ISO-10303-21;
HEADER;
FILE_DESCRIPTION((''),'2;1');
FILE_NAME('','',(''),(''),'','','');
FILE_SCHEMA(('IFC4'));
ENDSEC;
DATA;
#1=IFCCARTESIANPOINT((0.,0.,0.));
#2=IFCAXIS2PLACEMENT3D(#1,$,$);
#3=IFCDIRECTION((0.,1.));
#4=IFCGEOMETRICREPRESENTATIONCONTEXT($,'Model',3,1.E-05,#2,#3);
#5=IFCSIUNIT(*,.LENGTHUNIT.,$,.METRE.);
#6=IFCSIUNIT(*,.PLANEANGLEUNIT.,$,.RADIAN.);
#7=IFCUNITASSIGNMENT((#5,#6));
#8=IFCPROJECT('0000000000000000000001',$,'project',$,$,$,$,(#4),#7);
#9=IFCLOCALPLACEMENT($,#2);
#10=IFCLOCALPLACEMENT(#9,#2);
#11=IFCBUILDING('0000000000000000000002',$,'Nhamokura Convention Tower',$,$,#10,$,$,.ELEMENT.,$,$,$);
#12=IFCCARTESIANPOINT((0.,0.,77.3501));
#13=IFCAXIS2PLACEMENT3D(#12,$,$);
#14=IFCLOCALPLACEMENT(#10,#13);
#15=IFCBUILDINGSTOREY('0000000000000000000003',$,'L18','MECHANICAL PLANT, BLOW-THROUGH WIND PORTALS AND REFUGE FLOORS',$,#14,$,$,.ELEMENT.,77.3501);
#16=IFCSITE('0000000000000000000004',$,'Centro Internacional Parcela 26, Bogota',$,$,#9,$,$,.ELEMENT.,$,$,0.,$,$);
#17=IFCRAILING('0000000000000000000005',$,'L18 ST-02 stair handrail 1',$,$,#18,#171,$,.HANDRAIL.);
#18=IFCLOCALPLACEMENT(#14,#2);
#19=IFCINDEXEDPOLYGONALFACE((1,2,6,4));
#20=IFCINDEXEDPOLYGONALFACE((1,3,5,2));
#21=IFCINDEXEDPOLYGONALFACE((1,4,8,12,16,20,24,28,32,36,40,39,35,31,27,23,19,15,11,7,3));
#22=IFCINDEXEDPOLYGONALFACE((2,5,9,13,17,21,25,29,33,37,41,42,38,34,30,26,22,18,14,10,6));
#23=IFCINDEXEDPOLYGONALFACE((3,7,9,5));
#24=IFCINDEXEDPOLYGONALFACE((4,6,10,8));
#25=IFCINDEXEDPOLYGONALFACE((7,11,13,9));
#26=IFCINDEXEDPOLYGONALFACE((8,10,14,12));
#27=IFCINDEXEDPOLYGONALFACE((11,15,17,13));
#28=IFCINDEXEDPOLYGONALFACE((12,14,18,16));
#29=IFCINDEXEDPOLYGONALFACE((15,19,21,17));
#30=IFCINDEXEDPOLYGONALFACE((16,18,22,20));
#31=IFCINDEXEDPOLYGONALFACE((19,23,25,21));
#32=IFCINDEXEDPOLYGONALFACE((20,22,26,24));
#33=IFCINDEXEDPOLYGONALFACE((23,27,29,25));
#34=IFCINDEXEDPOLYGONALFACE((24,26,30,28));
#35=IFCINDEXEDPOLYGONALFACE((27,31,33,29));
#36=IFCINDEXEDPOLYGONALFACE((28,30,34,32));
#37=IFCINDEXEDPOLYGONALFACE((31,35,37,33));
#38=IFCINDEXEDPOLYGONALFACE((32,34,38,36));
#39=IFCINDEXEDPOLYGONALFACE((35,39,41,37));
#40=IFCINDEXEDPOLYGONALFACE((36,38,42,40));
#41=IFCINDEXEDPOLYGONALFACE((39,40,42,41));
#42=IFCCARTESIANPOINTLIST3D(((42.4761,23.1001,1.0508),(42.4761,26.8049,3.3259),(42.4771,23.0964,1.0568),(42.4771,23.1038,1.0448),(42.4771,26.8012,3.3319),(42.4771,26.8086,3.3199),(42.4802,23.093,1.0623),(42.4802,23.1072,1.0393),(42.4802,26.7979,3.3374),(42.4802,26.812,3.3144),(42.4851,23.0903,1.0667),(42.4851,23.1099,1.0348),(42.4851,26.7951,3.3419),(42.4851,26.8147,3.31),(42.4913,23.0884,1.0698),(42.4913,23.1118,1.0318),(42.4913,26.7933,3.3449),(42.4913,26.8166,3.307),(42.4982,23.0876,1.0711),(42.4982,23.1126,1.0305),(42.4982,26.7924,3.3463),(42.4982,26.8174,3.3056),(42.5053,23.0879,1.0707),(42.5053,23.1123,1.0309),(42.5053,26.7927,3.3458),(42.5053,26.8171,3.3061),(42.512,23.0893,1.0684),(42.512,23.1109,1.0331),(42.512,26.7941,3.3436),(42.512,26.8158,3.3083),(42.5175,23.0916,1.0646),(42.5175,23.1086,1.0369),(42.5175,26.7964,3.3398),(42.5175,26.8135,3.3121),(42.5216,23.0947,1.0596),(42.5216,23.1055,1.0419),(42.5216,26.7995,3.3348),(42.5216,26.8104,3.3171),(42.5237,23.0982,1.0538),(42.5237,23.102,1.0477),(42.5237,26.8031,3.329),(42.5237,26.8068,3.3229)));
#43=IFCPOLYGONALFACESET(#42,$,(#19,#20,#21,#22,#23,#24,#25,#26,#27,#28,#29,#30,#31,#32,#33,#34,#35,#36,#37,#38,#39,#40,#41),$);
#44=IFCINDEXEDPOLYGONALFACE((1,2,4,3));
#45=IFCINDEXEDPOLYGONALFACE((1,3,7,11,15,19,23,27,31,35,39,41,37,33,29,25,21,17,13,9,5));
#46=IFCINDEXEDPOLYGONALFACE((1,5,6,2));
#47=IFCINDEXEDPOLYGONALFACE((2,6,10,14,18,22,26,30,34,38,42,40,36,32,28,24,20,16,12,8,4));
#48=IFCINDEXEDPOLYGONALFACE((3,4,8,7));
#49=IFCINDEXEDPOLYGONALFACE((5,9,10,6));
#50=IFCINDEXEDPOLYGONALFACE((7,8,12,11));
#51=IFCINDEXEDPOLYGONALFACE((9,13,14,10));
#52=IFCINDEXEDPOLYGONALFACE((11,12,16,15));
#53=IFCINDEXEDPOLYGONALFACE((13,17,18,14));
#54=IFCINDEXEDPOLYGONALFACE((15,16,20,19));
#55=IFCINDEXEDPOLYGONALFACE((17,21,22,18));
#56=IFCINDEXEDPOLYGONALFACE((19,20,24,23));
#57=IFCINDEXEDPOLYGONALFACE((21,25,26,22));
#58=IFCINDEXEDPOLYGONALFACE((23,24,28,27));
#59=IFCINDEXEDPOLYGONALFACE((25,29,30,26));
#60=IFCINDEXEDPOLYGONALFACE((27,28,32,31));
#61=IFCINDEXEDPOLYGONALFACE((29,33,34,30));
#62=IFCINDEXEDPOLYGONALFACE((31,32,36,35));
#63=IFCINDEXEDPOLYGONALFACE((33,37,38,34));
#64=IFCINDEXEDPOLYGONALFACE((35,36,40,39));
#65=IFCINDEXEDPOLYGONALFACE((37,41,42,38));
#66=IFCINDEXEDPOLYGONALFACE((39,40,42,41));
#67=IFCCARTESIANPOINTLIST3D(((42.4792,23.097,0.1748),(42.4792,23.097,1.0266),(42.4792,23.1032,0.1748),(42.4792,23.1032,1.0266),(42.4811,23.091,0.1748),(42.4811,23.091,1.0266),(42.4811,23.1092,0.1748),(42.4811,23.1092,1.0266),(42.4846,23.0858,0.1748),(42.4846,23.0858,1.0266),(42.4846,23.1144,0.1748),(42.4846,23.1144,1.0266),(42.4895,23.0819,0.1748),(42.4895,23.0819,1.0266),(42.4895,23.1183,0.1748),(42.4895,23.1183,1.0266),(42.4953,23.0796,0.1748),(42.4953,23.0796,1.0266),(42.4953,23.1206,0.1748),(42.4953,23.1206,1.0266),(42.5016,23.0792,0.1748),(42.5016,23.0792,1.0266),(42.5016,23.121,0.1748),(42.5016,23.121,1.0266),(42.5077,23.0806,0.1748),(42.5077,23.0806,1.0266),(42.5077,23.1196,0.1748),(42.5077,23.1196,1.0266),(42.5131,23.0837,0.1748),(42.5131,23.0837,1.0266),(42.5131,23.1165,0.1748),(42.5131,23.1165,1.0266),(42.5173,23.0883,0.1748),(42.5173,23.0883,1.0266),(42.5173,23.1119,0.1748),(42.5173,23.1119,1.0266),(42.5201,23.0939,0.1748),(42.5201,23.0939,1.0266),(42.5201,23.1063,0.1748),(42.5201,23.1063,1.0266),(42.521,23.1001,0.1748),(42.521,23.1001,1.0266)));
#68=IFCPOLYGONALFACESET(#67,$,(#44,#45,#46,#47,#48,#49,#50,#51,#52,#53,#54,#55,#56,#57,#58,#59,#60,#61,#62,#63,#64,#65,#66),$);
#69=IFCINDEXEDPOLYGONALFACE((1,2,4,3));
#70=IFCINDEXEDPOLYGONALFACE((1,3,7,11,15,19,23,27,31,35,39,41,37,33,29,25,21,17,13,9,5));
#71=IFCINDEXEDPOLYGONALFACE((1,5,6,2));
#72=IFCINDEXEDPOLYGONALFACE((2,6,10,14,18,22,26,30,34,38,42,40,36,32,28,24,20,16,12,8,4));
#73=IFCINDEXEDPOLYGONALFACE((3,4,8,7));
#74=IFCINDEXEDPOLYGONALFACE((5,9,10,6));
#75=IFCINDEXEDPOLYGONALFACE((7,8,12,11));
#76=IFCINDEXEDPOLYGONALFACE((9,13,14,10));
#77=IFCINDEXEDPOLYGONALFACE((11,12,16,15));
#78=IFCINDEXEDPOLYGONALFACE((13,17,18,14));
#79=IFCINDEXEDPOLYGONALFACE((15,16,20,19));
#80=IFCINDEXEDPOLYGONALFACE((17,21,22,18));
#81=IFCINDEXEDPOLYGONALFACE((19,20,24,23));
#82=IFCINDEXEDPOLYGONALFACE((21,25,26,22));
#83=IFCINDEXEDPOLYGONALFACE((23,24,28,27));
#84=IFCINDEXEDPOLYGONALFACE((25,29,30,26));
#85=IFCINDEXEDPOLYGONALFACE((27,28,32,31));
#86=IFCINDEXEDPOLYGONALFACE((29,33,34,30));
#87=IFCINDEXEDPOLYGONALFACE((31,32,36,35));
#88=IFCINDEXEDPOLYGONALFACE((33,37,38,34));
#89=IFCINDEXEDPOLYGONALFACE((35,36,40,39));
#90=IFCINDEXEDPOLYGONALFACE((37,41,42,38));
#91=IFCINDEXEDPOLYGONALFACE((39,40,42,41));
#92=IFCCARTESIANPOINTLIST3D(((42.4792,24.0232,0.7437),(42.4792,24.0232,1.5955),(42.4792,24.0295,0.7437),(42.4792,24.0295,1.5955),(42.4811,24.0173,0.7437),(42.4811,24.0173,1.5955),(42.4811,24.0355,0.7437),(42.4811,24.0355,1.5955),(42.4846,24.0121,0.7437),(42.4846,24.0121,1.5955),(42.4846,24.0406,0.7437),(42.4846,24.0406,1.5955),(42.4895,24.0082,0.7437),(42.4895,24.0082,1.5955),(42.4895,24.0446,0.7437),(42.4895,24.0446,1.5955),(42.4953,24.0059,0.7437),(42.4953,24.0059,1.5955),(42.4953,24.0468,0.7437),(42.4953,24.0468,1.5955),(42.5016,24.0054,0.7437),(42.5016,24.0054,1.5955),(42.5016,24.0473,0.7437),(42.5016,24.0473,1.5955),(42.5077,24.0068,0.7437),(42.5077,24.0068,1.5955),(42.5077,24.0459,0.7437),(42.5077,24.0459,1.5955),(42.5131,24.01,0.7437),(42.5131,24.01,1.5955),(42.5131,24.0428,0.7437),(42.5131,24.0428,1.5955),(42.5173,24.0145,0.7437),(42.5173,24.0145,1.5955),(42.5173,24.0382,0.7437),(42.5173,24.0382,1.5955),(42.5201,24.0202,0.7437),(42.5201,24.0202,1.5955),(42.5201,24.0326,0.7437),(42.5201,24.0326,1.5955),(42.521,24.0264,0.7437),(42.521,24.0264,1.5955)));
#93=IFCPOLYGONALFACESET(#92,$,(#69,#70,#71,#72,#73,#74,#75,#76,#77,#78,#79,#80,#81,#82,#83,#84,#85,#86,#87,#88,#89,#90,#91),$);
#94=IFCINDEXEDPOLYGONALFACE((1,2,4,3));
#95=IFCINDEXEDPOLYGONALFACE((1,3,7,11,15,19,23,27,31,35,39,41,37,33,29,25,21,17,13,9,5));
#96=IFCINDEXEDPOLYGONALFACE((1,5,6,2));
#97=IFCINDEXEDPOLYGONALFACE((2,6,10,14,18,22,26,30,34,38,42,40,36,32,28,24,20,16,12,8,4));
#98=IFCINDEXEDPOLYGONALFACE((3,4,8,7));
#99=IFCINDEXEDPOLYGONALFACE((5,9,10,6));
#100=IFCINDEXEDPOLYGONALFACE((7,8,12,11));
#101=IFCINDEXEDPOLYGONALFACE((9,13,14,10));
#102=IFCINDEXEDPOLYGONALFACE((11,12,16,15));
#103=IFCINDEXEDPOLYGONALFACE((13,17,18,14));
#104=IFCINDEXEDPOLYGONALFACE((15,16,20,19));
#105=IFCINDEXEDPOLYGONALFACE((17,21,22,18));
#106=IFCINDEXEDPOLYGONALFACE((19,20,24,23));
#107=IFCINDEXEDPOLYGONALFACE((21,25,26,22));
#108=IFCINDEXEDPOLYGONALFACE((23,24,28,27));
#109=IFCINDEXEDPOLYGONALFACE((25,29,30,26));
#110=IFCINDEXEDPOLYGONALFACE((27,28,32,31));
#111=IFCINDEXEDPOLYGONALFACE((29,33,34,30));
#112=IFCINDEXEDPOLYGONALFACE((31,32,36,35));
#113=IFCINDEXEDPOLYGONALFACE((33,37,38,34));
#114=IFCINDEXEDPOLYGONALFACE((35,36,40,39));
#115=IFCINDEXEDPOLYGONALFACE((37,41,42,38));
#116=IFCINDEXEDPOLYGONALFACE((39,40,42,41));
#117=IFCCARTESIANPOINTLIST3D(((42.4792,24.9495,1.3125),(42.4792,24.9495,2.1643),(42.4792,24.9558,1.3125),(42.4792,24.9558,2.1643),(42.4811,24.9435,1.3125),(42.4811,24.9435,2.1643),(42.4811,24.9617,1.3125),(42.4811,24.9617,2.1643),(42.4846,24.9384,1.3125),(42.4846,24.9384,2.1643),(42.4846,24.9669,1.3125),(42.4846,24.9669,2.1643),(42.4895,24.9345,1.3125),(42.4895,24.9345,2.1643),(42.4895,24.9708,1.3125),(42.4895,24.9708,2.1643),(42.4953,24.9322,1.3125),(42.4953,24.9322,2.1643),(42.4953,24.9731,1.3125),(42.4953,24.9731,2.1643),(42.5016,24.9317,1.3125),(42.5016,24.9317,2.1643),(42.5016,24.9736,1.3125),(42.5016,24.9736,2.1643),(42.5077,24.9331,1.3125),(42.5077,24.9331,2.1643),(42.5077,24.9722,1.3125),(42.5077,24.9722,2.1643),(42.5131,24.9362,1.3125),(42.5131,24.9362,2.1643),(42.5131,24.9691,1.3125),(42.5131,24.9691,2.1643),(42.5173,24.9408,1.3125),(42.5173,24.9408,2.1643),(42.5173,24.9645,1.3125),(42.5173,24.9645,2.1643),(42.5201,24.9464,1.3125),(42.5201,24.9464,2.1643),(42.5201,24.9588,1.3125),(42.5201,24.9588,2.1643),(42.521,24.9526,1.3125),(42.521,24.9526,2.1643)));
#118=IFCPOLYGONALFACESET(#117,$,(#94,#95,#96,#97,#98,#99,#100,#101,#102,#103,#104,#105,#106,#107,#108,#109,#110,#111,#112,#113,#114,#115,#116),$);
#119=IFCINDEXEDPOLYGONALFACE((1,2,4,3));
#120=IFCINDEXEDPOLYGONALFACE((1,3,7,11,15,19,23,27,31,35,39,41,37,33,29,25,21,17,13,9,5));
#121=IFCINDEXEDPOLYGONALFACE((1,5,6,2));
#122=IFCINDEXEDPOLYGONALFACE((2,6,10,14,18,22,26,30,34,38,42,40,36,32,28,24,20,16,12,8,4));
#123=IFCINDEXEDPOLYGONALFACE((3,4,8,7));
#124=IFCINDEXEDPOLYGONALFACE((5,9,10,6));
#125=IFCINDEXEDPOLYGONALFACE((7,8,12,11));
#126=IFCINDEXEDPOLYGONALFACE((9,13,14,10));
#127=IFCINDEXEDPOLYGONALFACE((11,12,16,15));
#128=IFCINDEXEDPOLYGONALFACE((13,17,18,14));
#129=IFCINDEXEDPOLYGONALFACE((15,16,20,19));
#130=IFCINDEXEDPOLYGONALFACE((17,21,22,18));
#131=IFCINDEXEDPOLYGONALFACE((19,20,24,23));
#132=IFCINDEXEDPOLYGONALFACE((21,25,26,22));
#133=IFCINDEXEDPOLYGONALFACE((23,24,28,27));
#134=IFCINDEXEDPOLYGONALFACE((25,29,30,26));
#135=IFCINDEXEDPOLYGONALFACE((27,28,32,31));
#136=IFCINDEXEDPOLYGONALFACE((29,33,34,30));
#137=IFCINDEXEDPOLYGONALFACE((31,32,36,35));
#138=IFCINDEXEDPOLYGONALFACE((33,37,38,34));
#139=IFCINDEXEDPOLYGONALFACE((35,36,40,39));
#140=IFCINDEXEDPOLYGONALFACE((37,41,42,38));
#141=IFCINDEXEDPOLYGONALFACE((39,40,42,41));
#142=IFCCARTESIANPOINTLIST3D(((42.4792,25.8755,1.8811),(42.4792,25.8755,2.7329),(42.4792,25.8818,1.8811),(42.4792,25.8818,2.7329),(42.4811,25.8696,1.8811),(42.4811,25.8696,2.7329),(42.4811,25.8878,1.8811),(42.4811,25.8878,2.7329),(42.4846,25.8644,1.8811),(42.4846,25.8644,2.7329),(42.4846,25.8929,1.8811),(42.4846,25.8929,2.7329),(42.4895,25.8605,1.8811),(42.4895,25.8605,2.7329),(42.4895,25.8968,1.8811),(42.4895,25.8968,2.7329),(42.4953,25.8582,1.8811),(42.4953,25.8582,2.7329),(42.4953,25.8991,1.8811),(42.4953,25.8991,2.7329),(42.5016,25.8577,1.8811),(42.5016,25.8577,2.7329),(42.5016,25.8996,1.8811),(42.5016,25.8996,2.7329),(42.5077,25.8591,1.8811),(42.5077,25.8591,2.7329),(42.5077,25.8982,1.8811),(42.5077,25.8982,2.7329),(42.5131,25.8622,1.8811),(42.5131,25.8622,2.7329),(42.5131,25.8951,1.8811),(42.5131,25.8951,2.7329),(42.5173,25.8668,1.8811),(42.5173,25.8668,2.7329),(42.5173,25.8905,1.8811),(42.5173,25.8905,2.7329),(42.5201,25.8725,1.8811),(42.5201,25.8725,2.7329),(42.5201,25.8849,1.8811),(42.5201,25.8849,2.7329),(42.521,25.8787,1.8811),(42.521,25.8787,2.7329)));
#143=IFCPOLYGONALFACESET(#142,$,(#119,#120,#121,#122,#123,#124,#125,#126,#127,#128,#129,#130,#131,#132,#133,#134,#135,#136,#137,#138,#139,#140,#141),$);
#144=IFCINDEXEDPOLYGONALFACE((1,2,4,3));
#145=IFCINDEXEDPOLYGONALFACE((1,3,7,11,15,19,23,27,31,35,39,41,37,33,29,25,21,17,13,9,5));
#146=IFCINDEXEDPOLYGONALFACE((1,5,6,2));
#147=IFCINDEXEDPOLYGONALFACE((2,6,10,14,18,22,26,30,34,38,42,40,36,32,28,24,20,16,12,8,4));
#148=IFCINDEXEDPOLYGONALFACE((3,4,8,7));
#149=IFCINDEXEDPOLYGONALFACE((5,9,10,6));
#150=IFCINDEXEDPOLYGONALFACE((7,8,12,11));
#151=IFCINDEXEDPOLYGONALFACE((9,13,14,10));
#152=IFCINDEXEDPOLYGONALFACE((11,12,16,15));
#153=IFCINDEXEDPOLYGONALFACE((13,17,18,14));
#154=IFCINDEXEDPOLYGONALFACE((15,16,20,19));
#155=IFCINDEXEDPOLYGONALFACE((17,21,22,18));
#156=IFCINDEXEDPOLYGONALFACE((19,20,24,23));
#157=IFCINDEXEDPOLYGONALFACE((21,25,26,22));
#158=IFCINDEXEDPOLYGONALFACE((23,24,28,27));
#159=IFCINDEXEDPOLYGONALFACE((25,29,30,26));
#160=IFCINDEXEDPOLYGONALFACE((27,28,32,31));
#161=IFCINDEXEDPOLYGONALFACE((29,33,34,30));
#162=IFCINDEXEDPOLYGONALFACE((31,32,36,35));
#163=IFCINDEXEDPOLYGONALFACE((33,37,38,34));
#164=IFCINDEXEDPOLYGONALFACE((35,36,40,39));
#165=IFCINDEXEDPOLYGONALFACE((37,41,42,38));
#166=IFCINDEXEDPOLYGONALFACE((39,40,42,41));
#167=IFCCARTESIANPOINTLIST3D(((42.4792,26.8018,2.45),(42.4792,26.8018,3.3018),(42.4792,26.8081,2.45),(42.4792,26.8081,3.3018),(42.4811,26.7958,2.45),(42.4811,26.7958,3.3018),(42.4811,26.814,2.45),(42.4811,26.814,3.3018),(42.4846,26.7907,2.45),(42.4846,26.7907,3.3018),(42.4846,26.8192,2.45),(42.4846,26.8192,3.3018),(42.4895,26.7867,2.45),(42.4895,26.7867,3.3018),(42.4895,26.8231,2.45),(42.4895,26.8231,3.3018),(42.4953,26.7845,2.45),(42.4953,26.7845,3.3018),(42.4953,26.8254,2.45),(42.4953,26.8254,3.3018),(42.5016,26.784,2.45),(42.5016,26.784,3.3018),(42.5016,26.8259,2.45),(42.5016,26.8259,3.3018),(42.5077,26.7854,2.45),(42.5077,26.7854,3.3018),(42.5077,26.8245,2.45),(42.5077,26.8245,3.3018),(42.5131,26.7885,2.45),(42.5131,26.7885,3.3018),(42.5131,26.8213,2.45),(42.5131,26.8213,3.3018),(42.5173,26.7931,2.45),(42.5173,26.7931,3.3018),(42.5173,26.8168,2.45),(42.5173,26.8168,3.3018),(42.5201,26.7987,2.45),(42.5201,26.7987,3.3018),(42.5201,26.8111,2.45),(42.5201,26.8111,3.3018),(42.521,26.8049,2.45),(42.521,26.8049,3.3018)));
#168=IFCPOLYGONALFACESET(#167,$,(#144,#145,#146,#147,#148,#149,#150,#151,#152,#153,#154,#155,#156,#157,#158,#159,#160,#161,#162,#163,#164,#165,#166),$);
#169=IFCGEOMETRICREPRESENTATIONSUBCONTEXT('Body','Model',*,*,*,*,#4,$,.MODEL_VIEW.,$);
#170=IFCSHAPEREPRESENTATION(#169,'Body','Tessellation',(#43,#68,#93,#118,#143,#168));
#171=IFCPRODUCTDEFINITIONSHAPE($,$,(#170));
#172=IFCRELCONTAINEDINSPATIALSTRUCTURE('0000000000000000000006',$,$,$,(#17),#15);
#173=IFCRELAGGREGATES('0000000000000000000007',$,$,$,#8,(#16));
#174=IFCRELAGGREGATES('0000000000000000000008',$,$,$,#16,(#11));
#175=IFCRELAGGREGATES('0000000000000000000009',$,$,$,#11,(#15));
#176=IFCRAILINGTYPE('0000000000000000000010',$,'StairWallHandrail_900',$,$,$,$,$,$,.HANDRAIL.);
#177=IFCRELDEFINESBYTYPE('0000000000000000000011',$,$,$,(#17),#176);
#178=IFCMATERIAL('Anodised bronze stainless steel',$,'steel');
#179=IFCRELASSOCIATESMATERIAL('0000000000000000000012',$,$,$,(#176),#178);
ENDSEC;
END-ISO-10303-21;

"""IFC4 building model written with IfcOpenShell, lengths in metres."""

from ifc_helpers import new_model, si_unit, direction, frame, origin, origin_2d, place, context, subcontext, project, spatial, circle, extrude, material, type_object, element, save


model = new_model("IFC4")

# Units and contexts
model_context = context("Model", 3, precision=1e-05, world=origin(), true_north=direction((0.0, 1.0)))
body_context = subcontext(model_context, "Body", "Model", "MODEL_VIEW")
ifc_project = project(units=[si_unit("LENGTHUNIT", "METRE"), si_unit("PLANEANGLEUNIT", "RADIAN")], contexts=[model_context])

# Site, building, storey
site_placement = place(None, origin())
site = spatial("IfcSite", under=ifc_project, at=site_placement, Name="Centro Internacional Parcela 26, Bogota", CompositionType="ELEMENT", RefElevation=0.0)
building_placement = place(site_placement, origin())
building = spatial("IfcBuilding", under=site, at=building_placement, Name="Nhamokura Convention Tower", CompositionType="ELEMENT")
storey_placement = place(building_placement, frame((0.0, 0.0, 77.3501)))
storey = spatial("IfcBuildingStorey", under=building, at=storey_placement, Name="L18", Description="MECHANICAL PLANT, BLOW-THROUGH WIND PORTALS AND REFUGE FLOORS", CompositionType="ELEMENT", Elevation=77.3501)

# Railing
ifc_material_1 = material(Name="Anodised bronze stainless steel", Category="steel")
railing_type_1 = type_object("IfcRailingType", Name="StairWallHandrail_900", PredefinedType="HANDRAIL", material=ifc_material_1)
railing_1_placement = place(storey_placement, frame((42.5, 23.1001, 0.1748)))
element("IfcRailing", 1, at=railing_1_placement, inside=storey, type_object=railing_type_1, Name="L18 ST-02 stair handrail 1", PredefinedType="HANDRAIL", context=body_context, shape_type="SweptSolid", body=[
    extrude(circle(Radius=0.0239, at=origin_2d()), frame((0.0, 0.0, 0.876), z_axis=(0.0, 0.852146, 0.523305), x_axis=(-1.0, 0.0, 0.0)), (0.0, 0.0, 1.0), 4.3477),
    extrude(circle(Radius=0.021, at=origin_2d()), origin(), (0.0, 0.0, 1.0), 0.8518),
    extrude(circle(Radius=0.021, at=origin_2d()), frame((0.0, 0.9263, 0.5688)), (0.0, 0.0, 1.0), 0.8518),
    extrude(circle(Radius=0.021, at=origin_2d()), frame((0.0, 1.8525, 1.1377)), (0.0, 0.0, 1.0), 0.8518),
    extrude(circle(Radius=0.021, at=origin_2d()), frame((0.0, 2.7786, 1.7063)), (0.0, 0.0, 1.0), 0.8518),
    extrude(circle(Radius=0.021, at=origin_2d()), frame((0.0, 3.7048, 2.2751)), (0.0, 0.0, 1.0), 0.8518),
])

save(model, "model.ifc")
